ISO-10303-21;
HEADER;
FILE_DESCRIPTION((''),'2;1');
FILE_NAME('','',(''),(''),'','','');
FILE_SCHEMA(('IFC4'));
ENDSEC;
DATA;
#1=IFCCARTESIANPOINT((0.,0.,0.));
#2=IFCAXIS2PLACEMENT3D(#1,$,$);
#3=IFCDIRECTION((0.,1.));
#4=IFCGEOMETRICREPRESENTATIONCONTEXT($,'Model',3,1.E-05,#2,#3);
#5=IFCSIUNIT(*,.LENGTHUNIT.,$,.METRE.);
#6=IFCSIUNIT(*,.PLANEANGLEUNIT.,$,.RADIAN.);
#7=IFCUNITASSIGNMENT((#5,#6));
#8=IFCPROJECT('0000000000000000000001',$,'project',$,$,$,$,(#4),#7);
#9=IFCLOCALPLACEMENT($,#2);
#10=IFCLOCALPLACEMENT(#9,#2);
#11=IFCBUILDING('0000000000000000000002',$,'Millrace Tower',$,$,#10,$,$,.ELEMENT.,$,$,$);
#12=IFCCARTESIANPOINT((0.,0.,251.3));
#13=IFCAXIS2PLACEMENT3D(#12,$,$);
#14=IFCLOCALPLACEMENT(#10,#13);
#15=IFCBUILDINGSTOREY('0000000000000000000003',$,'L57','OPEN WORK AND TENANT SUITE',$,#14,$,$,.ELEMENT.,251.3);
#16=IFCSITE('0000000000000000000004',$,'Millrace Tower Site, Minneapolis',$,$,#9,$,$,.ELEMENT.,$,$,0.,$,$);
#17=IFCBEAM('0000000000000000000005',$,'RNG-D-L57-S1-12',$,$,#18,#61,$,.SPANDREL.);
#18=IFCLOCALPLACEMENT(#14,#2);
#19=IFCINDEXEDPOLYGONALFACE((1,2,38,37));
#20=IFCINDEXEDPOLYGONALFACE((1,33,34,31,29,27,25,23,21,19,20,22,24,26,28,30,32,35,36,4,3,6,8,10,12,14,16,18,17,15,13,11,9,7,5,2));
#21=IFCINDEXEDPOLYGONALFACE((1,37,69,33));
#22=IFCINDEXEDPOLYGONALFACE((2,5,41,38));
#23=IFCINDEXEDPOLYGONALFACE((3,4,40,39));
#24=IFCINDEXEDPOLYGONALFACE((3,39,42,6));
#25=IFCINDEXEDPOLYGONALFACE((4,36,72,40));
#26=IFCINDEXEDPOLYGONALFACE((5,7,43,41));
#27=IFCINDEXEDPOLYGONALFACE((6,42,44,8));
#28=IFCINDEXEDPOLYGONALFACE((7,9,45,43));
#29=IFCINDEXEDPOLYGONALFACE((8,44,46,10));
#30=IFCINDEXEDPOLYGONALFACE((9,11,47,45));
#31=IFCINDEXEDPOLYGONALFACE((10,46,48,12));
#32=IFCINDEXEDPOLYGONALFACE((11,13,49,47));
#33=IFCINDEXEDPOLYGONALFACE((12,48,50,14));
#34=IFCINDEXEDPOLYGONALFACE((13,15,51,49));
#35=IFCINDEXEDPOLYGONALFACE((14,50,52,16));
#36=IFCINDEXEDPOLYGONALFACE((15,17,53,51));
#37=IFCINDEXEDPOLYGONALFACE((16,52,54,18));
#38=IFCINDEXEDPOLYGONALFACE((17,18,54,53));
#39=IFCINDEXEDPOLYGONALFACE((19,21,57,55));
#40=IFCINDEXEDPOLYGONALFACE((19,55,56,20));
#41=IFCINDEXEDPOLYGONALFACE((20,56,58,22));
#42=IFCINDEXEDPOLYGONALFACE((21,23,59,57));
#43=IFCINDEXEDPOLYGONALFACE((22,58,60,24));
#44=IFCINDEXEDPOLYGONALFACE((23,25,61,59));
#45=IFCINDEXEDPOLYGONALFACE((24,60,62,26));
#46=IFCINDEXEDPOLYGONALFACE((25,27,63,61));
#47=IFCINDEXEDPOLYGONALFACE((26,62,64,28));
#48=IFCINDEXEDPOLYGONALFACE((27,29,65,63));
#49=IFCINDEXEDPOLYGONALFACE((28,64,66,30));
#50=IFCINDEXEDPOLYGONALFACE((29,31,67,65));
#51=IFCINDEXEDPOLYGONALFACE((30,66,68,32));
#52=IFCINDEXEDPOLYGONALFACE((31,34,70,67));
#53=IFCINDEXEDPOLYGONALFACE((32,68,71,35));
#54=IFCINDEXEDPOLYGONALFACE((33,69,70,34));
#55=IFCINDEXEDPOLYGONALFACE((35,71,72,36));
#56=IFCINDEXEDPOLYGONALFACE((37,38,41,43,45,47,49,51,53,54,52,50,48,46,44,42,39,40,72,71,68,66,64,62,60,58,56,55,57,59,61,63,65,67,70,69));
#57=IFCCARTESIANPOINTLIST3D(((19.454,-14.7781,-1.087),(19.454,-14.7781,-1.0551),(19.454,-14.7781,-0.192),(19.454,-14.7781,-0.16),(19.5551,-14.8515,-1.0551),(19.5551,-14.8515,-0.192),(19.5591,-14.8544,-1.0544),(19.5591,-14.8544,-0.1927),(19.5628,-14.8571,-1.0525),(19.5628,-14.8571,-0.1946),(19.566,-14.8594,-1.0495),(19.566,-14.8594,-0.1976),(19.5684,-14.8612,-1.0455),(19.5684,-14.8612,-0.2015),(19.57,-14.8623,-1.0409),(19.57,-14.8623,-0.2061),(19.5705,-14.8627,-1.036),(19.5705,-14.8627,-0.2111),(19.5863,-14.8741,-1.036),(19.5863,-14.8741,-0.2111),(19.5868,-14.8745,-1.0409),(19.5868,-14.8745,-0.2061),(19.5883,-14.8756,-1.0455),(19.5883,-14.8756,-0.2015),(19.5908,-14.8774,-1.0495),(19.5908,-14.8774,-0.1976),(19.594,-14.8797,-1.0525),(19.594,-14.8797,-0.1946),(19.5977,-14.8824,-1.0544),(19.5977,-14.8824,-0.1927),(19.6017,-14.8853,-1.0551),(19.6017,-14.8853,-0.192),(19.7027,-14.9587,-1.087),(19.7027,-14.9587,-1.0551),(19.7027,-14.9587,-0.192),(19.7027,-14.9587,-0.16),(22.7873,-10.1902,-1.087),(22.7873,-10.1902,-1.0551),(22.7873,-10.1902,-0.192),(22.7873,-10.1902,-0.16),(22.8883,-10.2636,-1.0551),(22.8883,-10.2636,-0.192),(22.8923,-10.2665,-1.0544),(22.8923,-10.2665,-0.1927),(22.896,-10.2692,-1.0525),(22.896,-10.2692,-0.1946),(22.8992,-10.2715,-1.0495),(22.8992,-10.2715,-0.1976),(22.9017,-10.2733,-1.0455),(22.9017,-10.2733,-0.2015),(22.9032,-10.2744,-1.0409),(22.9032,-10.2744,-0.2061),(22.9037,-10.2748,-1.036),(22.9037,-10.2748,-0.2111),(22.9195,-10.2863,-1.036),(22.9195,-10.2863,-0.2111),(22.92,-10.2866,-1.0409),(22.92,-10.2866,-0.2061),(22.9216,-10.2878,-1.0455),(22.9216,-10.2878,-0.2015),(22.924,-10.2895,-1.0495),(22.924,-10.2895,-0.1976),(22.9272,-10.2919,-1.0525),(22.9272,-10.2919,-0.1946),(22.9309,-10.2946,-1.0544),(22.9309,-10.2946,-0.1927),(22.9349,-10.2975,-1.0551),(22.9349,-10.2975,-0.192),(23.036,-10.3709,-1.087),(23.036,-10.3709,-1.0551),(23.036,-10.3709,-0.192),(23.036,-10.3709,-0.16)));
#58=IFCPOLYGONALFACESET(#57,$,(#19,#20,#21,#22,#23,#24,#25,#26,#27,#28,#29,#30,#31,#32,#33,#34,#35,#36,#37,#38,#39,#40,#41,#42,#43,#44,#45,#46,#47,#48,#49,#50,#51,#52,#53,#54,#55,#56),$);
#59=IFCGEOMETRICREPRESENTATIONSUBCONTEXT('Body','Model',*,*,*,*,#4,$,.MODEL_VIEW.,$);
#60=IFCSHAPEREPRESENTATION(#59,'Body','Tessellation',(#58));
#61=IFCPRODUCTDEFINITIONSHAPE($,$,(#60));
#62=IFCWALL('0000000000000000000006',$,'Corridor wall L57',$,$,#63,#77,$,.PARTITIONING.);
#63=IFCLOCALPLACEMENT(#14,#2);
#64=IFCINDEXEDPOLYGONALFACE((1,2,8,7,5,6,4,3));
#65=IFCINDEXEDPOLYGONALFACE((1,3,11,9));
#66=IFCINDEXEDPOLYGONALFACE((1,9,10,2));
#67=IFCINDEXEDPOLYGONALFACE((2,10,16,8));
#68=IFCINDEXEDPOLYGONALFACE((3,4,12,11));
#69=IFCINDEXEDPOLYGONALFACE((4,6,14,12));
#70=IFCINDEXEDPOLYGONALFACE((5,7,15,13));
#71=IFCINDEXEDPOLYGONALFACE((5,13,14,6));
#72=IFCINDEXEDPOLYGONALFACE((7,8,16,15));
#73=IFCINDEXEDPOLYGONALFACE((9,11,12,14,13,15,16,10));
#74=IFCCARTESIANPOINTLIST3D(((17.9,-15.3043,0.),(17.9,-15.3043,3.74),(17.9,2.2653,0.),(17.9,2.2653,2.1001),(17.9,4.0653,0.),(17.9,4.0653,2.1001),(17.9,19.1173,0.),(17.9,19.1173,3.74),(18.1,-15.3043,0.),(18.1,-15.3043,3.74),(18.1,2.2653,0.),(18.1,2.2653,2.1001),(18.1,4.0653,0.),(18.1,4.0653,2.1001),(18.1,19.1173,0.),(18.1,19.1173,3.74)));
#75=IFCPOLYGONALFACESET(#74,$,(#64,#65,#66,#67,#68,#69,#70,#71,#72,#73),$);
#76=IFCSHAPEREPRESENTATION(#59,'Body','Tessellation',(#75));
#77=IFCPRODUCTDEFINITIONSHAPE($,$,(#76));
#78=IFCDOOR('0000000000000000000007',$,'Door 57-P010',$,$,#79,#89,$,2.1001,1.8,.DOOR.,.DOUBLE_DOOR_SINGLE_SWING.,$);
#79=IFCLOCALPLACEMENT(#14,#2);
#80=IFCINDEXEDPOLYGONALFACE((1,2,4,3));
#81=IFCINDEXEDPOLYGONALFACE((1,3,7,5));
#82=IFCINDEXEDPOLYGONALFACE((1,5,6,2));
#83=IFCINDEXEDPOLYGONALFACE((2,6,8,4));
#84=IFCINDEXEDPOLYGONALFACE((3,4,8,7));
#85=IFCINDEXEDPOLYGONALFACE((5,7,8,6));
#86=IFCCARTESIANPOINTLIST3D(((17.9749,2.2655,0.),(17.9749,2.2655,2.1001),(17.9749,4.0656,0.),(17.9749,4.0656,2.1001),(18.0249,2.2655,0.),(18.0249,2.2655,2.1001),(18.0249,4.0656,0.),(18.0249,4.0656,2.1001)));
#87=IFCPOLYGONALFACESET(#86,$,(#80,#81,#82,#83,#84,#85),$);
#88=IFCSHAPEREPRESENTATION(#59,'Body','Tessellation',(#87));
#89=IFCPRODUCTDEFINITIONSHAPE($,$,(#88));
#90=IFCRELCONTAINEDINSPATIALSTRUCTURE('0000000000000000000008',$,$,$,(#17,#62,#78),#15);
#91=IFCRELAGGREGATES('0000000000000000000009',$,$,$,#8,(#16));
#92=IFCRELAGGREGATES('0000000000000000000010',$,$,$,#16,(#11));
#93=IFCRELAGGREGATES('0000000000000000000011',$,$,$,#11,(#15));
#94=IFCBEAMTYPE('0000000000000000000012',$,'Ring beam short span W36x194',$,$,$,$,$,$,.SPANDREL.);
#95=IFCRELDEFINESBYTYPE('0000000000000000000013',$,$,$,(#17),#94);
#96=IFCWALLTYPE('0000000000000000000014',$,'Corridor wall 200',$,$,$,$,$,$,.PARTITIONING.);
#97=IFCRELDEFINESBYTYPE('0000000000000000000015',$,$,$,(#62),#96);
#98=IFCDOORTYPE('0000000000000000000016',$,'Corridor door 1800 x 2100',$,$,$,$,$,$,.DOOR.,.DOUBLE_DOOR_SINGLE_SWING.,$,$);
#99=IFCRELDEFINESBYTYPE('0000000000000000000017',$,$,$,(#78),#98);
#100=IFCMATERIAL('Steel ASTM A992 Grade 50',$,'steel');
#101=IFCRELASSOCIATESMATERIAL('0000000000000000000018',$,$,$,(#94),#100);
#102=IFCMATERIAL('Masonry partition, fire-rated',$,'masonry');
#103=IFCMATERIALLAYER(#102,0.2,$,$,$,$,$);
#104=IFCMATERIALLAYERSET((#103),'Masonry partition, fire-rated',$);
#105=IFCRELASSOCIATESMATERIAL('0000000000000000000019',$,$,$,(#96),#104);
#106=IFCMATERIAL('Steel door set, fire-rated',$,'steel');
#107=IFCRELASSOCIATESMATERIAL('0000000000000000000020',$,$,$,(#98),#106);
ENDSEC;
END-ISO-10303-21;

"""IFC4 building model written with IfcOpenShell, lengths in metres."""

from ifc_helpers import new_model, si_unit, direction, frame, frame_2d, origin, origin_2d, place, context, subcontext, project, spatial, rectangle, i_section, extrude, material, layer, layer_set, material_profile, profile_set, type_object, element, fill, save


model = new_model("IFC4")

# Units and contexts
model_context = context("Model", 3, precision=1e-05, world=origin(), true_north=direction((0.0, 1.0)))
body_context = subcontext(model_context, "Body", "Model", "MODEL_VIEW")
ifc_project = project(units=[si_unit("LENGTHUNIT", "METRE"), si_unit("PLANEANGLEUNIT", "RADIAN")], contexts=[model_context])

# Site, building, storey
site_placement = place(None, origin())
site = spatial("IfcSite", under=ifc_project, at=site_placement, Name="Millrace Tower Site, Minneapolis", CompositionType="ELEMENT", RefElevation=0.0)
building_placement = place(site_placement, origin())
building = spatial("IfcBuilding", under=site, at=building_placement, Name="Millrace Tower", CompositionType="ELEMENT")
storey_placement = place(building_placement, frame((0.0, 0.0, 251.3)))
storey = spatial("IfcBuildingStorey", under=building, at=storey_placement, Name="L57", Description="OPEN WORK AND TENANT SUITE", CompositionType="ELEMENT", Elevation=251.3)

# Beam
ifc_material_1 = material(Name="Steel ASTM A992 Grade 50", Category="steel")
ifc_material_profile_1 = material_profile(ifc_material_1, i_section(OverallWidth=0.3074, OverallDepth=0.927, WebThickness=0.0195, FlangeThickness=0.032, FilletRadius=0.019, at=origin_2d()))
ifc_profile_set_1 = profile_set([ifc_material_profile_1], Name="Steel ASTM A992 Grade 50")
beam_type_1 = type_object("IfcBeamType", Name="Ring beam short span W36x194", PredefinedType="SPANDREL", material=ifc_profile_set_1)
beam_1_placement = place(storey_placement, frame((22.9116, -10.2805, -0.6235), z_axis=(-0.58778, -0.809021, 0.0), x_axis=(0.809021, -0.58778, 0.0)))
element("IfcBeam", 1, at=beam_1_placement, inside=storey, type_object=beam_type_1, Name="RNG-D-L57-S1-12", PredefinedType="SPANDREL", context=body_context, shape_type="SweptSolid", body=[
    extrude(i_section(OverallWidth=0.3074, OverallDepth=0.927, WebThickness=0.0195, FlangeThickness=0.032, FilletRadius=0.019, at=origin_2d()), origin(), (0.0, 0.0, 1.0), 5.6709),
])

# Wall, opening, door
ifc_material_2 = material(Name="Masonry partition, fire-rated", Category="masonry")
ifc_layer_1 = layer(ifc_material_2, 0.2)
ifc_layer_set_1 = layer_set([ifc_layer_1], Name="Masonry partition, fire-rated")
wall_type = type_object("IfcWallType", Name="Corridor wall 200", PredefinedType="PARTITIONING", material=ifc_layer_set_1)
wall_placement = place(storey_placement, frame((18.0, -15.3044, 0.0), z_axis=(0.0, 0.0, 1.0), x_axis=(0.0, 1.0, 0.0)))
wall = element("IfcWall", 2, at=wall_placement, inside=storey, type_object=wall_type, Name="Corridor wall L57", PredefinedType="PARTITIONING", context=body_context, shape_type="SweptSolid", body=[
    extrude(rectangle(XDim=34.4216, YDim=0.2, at=frame_2d((17.2109, 0.0))), origin(), (0.0, 0.0, 1.0), 3.74),
])
opening_placement = place(wall_placement, frame((17.5698, 0.0, 0.0)))
opening = element("IfcOpeningElement", 3, at=opening_placement, cuts=wall, PredefinedType="OPENING", context=body_context, shape_type="SweptSolid", body=[
    extrude(rectangle(XDim=1.8, YDim=2.1001, at=frame_2d((0.8999, 1.05))), frame((0.0, 0.1099, 0.0), z_axis=(0.0, -1.0, 0.0), x_axis=(1.0, 0.0, 0.0)), (0.0, 0.0, 1.0), 0.22),
])
ifc_material_3 = material(Name="Steel door set, fire-rated", Category="steel")
door_type = type_object("IfcDoorType", Name="Corridor door 1800 x 2100", OperationType="DOUBLE_DOOR_SINGLE_SWING", PredefinedType="DOOR", material=ifc_material_3)
door_placement = place(opening_placement, frame((1.8, 0.0, 0.0), z_axis=(0.0, 0.0, 1.0), x_axis=(-1.0, 0.0, 0.0)))
door = element("IfcDoor", 4, at=door_placement, inside=storey, type_object=door_type, Name="Door 57-P010", OperationType="DOUBLE_DOOR_SINGLE_SWING", OverallHeight=2.1001, OverallWidth=1.8, PredefinedType="DOOR", context=body_context, shape_type="SweptSolid", body=[
    extrude(rectangle(XDim=1.8, YDim=2.1001, at=frame_2d((0.8999, 1.05))), frame((0.0, 0.0249, 0.0), z_axis=(0.0, -1.0, 0.0), x_axis=(1.0, 0.0, 0.0)), (0.0, 0.0, 1.0), 0.05),
])
fill(opening, door)

save(model, "model.ifc")
